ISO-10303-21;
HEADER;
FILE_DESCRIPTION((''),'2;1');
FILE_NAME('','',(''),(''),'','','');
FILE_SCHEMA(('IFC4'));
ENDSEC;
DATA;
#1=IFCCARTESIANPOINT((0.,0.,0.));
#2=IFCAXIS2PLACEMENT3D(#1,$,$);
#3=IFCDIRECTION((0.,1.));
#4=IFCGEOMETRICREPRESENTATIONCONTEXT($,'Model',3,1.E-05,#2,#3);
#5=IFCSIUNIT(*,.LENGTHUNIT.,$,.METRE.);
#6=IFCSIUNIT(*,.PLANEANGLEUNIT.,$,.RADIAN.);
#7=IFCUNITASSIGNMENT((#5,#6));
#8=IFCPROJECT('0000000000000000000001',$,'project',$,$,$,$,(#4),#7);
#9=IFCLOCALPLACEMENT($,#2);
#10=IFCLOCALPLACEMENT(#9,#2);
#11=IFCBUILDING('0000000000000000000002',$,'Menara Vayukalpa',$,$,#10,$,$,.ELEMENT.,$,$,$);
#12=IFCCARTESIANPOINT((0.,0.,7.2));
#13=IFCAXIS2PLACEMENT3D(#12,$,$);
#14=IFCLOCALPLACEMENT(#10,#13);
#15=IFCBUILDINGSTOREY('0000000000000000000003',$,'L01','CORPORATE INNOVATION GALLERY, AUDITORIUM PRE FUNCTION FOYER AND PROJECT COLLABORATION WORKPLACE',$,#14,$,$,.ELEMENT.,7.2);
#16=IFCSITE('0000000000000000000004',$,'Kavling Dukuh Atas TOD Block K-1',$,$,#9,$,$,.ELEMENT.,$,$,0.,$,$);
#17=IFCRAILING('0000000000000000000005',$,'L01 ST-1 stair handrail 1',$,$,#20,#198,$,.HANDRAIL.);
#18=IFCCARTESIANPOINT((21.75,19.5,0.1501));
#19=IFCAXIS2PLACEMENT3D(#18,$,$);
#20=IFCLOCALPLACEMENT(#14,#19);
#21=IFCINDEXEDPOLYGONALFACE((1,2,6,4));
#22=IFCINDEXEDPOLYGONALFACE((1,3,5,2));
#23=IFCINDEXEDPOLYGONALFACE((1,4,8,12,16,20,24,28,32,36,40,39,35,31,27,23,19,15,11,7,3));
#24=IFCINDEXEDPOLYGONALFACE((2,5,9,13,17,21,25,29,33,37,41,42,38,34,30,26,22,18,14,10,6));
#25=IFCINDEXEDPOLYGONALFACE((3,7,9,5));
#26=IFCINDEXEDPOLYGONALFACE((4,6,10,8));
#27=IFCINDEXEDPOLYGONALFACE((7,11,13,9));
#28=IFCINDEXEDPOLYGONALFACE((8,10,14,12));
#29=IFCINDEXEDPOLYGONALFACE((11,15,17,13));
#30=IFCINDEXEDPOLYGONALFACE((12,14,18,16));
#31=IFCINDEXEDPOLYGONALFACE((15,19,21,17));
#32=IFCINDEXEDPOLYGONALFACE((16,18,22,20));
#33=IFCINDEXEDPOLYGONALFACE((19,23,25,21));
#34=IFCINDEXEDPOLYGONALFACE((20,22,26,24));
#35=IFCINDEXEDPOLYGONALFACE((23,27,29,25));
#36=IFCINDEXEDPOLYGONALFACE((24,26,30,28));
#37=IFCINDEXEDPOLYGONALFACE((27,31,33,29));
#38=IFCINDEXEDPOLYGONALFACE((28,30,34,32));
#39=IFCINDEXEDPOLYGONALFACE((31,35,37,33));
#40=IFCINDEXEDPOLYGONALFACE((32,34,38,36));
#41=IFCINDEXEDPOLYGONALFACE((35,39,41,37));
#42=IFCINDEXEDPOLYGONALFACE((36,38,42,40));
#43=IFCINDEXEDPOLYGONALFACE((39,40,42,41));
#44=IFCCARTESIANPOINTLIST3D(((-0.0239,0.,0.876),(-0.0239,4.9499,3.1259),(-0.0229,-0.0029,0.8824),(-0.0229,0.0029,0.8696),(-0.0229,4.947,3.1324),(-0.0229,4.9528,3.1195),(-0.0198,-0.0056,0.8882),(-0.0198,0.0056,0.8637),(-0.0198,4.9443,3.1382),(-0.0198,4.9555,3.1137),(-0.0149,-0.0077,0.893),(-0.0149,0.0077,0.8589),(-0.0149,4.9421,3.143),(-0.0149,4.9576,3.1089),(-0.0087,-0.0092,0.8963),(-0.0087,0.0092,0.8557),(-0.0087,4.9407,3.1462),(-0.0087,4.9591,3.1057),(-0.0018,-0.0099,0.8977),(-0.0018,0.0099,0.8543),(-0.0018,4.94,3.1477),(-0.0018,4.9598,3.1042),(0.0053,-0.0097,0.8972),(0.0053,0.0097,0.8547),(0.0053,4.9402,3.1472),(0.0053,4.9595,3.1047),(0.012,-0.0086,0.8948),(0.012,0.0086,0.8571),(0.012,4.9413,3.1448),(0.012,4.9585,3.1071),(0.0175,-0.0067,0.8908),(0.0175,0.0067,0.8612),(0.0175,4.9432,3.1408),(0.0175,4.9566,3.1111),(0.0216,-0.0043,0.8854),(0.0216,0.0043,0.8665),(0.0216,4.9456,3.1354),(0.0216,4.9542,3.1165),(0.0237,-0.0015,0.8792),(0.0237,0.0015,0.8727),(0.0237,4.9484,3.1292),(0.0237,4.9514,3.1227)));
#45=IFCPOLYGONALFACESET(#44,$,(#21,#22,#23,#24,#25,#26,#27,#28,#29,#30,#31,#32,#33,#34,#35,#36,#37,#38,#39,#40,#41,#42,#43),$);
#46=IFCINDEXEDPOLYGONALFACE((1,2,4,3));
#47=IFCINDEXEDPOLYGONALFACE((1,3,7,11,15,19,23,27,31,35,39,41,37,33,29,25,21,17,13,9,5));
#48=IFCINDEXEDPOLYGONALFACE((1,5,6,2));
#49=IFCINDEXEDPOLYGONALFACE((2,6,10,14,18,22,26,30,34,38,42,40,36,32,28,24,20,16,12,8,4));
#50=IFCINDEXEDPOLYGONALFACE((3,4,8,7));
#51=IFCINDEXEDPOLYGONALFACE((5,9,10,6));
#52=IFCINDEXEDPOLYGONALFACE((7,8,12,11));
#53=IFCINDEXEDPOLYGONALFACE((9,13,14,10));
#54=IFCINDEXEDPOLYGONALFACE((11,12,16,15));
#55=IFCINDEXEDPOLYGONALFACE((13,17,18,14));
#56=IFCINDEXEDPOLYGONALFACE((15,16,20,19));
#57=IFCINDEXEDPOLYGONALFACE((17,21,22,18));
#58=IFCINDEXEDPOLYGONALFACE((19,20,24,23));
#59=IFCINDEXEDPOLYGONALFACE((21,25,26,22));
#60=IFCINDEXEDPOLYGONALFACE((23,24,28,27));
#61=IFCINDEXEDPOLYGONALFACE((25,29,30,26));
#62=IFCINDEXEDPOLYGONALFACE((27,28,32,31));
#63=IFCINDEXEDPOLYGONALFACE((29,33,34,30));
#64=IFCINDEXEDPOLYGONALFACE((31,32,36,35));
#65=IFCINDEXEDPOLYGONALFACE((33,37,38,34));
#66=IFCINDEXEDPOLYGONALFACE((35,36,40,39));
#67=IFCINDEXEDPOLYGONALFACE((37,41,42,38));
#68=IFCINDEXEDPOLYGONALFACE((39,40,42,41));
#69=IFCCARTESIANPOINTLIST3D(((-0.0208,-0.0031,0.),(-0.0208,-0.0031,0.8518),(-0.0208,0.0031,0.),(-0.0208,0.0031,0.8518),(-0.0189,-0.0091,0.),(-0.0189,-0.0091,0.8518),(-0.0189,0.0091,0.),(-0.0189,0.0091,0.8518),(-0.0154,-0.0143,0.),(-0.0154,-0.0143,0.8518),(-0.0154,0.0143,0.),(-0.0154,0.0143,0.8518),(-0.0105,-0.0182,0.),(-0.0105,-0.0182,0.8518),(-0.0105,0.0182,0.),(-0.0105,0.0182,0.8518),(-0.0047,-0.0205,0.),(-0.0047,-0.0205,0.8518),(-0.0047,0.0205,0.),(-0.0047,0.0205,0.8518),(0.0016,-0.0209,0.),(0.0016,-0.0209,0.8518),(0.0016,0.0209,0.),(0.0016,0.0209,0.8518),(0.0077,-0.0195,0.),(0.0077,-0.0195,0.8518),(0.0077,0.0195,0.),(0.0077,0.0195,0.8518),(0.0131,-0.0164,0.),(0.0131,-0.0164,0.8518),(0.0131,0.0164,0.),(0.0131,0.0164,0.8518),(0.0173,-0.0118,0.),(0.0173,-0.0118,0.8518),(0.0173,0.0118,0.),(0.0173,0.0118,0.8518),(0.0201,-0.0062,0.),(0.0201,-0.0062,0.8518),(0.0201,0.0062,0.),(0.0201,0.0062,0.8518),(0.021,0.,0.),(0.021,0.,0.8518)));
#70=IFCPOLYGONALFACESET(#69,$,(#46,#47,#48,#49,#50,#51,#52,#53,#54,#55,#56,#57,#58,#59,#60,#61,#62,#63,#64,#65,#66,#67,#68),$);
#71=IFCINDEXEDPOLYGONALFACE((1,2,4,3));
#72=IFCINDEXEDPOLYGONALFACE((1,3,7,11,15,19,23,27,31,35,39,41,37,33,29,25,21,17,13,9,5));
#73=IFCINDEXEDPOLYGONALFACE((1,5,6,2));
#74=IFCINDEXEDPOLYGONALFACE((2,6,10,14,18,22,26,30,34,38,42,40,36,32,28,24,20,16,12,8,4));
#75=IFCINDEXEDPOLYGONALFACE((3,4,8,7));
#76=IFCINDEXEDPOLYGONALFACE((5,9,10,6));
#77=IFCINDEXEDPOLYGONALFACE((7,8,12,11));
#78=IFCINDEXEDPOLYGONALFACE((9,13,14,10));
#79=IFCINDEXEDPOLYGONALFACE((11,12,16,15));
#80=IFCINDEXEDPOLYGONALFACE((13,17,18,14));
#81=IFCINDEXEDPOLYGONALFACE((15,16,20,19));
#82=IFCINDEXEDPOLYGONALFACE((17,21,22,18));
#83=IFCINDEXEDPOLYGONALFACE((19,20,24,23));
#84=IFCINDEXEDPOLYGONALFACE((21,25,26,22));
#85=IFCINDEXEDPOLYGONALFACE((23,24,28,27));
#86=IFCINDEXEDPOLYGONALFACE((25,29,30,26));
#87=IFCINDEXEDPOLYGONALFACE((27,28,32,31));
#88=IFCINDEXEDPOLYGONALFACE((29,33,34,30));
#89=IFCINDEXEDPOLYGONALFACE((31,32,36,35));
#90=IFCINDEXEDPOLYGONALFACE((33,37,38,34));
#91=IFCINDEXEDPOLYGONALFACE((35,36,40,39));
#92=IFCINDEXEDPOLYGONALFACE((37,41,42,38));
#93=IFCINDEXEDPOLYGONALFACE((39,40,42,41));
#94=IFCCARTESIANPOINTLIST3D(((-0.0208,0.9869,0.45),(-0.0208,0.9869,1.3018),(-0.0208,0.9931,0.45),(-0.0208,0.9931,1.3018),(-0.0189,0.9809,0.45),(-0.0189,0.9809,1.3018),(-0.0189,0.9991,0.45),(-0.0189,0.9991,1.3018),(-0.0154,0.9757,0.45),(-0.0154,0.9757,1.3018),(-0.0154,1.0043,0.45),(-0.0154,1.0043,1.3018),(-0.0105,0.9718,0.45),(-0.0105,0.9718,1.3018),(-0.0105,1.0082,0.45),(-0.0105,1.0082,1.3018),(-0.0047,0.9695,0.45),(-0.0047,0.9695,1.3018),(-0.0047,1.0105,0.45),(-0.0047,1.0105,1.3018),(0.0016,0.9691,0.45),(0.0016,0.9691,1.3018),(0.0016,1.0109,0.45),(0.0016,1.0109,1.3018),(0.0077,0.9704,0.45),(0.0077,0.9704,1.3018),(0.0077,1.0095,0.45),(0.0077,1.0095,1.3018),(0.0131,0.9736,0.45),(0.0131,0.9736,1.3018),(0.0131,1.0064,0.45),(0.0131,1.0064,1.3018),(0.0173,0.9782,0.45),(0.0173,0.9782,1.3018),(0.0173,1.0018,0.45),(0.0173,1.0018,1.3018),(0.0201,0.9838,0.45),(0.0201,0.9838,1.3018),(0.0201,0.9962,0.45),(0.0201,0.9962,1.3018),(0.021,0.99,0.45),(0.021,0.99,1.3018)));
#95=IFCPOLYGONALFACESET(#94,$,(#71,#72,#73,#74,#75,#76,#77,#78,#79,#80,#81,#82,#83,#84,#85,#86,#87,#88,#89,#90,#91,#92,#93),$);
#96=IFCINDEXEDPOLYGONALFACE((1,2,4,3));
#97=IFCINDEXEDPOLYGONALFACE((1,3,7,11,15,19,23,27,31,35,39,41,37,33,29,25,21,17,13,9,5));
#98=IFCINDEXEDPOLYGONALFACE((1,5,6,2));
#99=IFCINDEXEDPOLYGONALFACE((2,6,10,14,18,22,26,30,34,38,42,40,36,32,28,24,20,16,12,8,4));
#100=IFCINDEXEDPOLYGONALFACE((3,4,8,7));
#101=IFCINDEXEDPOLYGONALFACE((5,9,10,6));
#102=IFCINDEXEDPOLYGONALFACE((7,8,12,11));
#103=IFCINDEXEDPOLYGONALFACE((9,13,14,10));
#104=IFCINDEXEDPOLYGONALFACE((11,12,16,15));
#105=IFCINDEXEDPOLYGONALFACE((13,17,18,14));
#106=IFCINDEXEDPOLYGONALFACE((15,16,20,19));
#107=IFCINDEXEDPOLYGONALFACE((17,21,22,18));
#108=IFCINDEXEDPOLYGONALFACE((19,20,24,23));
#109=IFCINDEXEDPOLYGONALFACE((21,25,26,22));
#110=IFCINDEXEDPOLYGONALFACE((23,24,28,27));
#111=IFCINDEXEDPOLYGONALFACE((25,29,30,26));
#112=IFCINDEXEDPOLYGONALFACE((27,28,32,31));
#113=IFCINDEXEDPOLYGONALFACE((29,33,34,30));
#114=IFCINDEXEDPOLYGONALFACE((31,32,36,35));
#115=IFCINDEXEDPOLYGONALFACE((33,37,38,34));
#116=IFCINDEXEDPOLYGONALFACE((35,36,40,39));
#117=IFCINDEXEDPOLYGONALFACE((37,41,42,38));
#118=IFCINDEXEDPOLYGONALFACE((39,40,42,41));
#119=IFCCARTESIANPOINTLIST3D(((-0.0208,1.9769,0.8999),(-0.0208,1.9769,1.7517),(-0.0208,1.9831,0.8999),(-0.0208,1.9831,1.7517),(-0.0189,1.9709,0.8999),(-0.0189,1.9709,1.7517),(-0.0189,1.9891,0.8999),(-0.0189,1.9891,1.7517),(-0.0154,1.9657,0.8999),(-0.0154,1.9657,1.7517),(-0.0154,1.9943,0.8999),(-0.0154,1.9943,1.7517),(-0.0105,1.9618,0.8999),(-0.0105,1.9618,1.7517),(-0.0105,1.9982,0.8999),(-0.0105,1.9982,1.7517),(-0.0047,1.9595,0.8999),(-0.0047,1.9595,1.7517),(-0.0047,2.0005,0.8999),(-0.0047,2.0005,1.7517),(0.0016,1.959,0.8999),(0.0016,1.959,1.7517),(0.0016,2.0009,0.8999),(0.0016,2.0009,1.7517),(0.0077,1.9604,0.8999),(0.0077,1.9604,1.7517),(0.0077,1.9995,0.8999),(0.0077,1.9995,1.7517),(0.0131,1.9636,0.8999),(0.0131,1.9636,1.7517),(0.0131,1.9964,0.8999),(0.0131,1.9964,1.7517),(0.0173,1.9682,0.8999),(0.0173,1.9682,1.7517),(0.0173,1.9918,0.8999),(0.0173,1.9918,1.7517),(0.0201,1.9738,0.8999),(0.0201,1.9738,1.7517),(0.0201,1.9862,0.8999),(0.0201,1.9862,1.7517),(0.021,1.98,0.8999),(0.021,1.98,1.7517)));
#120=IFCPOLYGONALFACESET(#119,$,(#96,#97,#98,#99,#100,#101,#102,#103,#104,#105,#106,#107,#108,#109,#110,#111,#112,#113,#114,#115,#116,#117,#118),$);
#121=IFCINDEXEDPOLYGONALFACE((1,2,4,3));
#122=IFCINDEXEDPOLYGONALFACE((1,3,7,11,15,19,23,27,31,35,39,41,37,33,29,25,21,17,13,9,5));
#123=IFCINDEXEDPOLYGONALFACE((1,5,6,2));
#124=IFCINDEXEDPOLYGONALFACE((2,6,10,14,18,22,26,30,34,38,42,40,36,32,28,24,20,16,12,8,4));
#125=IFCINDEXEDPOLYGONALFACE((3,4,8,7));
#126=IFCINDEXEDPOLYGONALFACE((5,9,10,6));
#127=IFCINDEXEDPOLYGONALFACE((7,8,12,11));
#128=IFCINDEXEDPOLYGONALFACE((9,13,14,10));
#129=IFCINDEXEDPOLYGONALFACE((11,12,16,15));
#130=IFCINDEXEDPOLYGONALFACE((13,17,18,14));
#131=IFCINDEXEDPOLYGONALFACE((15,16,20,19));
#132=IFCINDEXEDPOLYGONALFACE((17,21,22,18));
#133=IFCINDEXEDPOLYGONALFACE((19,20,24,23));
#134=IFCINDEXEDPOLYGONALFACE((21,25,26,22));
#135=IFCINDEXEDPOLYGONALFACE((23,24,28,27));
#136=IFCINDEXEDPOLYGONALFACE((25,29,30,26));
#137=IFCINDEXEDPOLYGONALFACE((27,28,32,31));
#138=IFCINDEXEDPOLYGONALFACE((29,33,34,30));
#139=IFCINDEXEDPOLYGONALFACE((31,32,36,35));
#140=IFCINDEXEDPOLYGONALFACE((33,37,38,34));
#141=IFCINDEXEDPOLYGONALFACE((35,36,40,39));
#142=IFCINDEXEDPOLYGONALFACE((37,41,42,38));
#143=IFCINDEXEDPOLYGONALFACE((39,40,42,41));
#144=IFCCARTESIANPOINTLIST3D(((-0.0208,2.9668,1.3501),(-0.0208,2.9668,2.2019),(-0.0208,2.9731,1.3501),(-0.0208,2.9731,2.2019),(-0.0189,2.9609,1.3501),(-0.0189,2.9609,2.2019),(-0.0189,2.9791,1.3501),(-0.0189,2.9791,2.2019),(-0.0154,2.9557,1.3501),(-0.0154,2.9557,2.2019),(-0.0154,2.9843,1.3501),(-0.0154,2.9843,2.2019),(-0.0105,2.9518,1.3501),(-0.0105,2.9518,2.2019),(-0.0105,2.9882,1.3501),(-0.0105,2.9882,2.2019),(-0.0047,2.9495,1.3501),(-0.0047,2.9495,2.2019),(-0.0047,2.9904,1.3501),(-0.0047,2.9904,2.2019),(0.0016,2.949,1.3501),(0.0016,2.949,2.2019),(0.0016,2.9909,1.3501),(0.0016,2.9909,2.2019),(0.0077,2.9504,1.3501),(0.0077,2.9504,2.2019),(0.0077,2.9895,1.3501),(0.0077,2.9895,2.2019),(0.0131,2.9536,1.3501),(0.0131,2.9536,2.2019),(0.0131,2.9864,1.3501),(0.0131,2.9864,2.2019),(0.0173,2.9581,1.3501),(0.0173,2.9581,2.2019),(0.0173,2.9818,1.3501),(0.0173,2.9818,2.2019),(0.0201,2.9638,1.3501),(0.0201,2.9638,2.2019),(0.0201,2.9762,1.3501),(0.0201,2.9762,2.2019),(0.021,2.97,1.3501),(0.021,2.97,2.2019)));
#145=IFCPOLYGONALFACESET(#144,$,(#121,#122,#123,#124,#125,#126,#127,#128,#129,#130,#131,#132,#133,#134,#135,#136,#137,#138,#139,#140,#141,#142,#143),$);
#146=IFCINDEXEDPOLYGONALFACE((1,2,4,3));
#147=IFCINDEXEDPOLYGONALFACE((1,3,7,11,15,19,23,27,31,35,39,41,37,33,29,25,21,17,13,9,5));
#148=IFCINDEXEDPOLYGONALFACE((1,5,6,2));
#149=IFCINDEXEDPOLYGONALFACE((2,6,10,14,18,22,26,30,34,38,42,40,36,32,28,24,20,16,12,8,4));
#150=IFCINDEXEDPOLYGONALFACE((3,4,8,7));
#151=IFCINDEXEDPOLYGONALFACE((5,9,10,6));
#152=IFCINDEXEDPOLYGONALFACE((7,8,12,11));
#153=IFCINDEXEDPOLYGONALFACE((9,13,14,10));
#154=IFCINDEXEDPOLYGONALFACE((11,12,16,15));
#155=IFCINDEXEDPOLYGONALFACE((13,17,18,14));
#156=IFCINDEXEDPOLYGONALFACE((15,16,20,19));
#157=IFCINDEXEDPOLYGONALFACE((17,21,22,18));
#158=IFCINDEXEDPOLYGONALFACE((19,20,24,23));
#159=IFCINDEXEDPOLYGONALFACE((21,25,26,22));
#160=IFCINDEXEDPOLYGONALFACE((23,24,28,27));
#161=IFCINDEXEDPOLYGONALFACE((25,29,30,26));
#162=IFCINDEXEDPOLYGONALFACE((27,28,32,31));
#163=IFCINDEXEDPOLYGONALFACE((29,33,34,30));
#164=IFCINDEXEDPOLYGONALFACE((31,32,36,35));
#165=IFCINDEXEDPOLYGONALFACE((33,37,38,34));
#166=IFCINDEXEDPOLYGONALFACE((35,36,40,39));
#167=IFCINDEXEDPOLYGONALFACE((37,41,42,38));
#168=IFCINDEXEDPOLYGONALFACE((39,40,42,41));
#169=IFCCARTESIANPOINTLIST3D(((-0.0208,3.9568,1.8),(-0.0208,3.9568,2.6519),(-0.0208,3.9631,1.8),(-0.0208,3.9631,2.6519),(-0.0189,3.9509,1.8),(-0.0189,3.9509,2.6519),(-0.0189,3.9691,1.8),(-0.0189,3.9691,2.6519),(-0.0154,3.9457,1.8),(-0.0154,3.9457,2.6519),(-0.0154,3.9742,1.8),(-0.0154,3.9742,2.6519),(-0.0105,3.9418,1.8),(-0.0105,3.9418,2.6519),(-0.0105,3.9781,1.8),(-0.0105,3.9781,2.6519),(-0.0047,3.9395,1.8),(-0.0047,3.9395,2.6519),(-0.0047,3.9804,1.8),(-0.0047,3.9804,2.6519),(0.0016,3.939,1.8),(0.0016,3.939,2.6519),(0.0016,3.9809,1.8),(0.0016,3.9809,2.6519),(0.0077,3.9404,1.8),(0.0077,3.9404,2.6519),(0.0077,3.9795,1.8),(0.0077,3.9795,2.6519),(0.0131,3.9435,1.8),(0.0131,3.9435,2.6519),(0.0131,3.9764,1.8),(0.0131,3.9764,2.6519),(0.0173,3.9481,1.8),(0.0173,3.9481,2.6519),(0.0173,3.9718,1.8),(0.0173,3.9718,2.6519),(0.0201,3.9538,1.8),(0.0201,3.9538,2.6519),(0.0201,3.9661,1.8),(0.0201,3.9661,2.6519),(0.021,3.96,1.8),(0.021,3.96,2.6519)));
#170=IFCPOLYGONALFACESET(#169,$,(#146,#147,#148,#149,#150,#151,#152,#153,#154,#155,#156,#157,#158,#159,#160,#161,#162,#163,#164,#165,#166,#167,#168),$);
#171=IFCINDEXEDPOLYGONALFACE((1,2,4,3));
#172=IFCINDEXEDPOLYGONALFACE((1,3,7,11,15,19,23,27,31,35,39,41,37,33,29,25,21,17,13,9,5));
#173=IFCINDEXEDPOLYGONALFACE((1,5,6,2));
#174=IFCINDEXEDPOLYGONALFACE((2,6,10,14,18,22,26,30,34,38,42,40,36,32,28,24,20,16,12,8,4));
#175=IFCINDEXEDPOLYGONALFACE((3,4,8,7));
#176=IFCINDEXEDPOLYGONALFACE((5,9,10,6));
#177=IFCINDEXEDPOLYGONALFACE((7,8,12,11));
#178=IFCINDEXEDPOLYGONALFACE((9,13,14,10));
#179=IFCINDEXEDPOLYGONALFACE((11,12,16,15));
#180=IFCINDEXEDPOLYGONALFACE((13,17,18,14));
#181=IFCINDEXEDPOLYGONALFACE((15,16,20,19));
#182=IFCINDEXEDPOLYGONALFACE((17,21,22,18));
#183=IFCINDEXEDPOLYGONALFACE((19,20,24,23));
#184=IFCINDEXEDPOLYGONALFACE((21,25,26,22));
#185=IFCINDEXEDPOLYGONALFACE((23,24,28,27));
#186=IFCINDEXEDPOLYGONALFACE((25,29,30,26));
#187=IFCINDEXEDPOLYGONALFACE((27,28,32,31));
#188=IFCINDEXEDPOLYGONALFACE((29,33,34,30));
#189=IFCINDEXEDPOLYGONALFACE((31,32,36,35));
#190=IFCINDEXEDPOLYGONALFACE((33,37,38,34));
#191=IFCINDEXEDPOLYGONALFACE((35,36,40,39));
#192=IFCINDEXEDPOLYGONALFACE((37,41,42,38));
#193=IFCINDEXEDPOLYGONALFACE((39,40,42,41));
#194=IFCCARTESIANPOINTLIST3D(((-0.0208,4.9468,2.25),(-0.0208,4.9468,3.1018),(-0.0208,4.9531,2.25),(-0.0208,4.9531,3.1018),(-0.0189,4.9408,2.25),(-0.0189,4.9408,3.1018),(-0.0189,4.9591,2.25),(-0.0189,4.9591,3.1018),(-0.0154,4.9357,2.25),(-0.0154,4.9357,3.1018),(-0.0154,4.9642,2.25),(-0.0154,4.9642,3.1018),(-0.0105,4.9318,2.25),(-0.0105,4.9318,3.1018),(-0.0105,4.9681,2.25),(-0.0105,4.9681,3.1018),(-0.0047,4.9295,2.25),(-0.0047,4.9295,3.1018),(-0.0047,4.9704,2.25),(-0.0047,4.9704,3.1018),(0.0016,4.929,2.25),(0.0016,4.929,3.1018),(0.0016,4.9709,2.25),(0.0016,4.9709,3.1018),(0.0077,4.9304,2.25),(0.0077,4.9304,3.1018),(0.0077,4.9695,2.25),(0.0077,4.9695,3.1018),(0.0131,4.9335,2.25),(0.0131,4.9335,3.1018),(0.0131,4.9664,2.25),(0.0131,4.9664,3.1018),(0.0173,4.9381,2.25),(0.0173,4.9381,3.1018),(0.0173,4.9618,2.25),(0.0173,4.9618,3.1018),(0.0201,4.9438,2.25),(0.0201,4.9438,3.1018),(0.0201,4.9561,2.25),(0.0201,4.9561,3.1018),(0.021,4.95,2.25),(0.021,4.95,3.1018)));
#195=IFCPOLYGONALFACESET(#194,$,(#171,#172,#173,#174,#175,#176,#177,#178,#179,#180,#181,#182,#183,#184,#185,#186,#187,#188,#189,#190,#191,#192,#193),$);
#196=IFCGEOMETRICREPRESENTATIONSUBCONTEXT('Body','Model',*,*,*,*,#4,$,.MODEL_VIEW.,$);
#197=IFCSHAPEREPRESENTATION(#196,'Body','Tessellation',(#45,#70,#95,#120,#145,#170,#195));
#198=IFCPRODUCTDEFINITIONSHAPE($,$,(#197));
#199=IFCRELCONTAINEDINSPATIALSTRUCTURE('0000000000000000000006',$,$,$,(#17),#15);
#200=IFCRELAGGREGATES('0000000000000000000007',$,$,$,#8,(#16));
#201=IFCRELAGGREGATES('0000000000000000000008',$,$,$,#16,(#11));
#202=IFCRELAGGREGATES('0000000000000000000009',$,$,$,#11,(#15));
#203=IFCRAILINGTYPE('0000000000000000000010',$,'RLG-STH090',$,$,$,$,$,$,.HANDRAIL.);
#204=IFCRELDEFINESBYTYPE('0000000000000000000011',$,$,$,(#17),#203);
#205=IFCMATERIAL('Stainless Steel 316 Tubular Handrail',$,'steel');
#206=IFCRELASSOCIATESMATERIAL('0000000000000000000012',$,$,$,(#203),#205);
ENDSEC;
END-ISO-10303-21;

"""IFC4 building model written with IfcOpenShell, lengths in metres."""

from ifc_helpers import new_model, si_unit, direction, frame, origin, origin_2d, place, context, subcontext, project, spatial, circle, extrude, material, type_object, element, save


model = new_model("IFC4")

# Units and contexts
model_context = context("Model", 3, precision=1e-05, world=origin(), true_north=direction((0.0, 1.0)))
body_context = subcontext(model_context, "Body", "Model", "MODEL_VIEW")
ifc_project = project(units=[si_unit("LENGTHUNIT", "METRE"), si_unit("PLANEANGLEUNIT", "RADIAN")], contexts=[model_context])

# Site, building, storey
site_placement = place(None, origin())
site = spatial("IfcSite", under=ifc_project, at=site_placement, Name="Kavling Dukuh Atas TOD Block K-1", CompositionType="ELEMENT", RefElevation=0.0)
building_placement = place(site_placement, origin())
building = spatial("IfcBuilding", under=site, at=building_placement, Name="Menara Vayukalpa", CompositionType="ELEMENT")
storey_placement = place(building_placement, frame((0.0, 0.0, 7.2)))
storey = spatial("IfcBuildingStorey", under=building, at=storey_placement, Name="L01", Description="CORPORATE INNOVATION GALLERY, AUDITORIUM PRE FUNCTION FOYER AND PROJECT COLLABORATION WORKPLACE", CompositionType="ELEMENT", Elevation=7.2)

# Railing
ifc_material_1 = material(Name="Stainless Steel 316 Tubular Handrail", Category="steel")
railing_type_1 = type_object("IfcRailingType", Name="RLG-STH090", PredefinedType="HANDRAIL", material=ifc_material_1)
railing_1_placement = place(storey_placement, frame((21.75, 19.5, 0.1501)))
element("IfcRailing", 1, at=railing_1_placement, inside=storey, type_object=railing_type_1, Name="L01 ST-1 stair handrail 1", PredefinedType="HANDRAIL", context=body_context, shape_type="SweptSolid", body=[
    extrude(circle(Radius=0.0239, at=origin_2d()), frame((0.0, 0.0, 0.876), z_axis=(0.0, 0.910365, 0.413806), x_axis=(-1.0, 0.0, 0.0)), (0.0, 0.0, 1.0), 5.4373),
    extrude(circle(Radius=0.021, at=origin_2d()), origin(), (0.0, 0.0, 1.0), 0.8518),
    extrude(circle(Radius=0.021, at=origin_2d()), frame((0.0, 0.99, 0.45)), (0.0, 0.0, 1.0), 0.8518),
    extrude(circle(Radius=0.021, at=origin_2d()), frame((0.0, 1.98, 0.8999)), (0.0, 0.0, 1.0), 0.8518),
    extrude(circle(Radius=0.021, at=origin_2d()), frame((0.0, 2.97, 1.3501)), (0.0, 0.0, 1.0), 0.8518),
    extrude(circle(Radius=0.021, at=origin_2d()), frame((0.0, 3.96, 1.8)), (0.0, 0.0, 1.0), 0.8518),
    extrude(circle(Radius=0.021, at=origin_2d()), frame((0.0, 4.95, 2.25)), (0.0, 0.0, 1.0), 0.8518),
])

save(model, "model.ifc")
